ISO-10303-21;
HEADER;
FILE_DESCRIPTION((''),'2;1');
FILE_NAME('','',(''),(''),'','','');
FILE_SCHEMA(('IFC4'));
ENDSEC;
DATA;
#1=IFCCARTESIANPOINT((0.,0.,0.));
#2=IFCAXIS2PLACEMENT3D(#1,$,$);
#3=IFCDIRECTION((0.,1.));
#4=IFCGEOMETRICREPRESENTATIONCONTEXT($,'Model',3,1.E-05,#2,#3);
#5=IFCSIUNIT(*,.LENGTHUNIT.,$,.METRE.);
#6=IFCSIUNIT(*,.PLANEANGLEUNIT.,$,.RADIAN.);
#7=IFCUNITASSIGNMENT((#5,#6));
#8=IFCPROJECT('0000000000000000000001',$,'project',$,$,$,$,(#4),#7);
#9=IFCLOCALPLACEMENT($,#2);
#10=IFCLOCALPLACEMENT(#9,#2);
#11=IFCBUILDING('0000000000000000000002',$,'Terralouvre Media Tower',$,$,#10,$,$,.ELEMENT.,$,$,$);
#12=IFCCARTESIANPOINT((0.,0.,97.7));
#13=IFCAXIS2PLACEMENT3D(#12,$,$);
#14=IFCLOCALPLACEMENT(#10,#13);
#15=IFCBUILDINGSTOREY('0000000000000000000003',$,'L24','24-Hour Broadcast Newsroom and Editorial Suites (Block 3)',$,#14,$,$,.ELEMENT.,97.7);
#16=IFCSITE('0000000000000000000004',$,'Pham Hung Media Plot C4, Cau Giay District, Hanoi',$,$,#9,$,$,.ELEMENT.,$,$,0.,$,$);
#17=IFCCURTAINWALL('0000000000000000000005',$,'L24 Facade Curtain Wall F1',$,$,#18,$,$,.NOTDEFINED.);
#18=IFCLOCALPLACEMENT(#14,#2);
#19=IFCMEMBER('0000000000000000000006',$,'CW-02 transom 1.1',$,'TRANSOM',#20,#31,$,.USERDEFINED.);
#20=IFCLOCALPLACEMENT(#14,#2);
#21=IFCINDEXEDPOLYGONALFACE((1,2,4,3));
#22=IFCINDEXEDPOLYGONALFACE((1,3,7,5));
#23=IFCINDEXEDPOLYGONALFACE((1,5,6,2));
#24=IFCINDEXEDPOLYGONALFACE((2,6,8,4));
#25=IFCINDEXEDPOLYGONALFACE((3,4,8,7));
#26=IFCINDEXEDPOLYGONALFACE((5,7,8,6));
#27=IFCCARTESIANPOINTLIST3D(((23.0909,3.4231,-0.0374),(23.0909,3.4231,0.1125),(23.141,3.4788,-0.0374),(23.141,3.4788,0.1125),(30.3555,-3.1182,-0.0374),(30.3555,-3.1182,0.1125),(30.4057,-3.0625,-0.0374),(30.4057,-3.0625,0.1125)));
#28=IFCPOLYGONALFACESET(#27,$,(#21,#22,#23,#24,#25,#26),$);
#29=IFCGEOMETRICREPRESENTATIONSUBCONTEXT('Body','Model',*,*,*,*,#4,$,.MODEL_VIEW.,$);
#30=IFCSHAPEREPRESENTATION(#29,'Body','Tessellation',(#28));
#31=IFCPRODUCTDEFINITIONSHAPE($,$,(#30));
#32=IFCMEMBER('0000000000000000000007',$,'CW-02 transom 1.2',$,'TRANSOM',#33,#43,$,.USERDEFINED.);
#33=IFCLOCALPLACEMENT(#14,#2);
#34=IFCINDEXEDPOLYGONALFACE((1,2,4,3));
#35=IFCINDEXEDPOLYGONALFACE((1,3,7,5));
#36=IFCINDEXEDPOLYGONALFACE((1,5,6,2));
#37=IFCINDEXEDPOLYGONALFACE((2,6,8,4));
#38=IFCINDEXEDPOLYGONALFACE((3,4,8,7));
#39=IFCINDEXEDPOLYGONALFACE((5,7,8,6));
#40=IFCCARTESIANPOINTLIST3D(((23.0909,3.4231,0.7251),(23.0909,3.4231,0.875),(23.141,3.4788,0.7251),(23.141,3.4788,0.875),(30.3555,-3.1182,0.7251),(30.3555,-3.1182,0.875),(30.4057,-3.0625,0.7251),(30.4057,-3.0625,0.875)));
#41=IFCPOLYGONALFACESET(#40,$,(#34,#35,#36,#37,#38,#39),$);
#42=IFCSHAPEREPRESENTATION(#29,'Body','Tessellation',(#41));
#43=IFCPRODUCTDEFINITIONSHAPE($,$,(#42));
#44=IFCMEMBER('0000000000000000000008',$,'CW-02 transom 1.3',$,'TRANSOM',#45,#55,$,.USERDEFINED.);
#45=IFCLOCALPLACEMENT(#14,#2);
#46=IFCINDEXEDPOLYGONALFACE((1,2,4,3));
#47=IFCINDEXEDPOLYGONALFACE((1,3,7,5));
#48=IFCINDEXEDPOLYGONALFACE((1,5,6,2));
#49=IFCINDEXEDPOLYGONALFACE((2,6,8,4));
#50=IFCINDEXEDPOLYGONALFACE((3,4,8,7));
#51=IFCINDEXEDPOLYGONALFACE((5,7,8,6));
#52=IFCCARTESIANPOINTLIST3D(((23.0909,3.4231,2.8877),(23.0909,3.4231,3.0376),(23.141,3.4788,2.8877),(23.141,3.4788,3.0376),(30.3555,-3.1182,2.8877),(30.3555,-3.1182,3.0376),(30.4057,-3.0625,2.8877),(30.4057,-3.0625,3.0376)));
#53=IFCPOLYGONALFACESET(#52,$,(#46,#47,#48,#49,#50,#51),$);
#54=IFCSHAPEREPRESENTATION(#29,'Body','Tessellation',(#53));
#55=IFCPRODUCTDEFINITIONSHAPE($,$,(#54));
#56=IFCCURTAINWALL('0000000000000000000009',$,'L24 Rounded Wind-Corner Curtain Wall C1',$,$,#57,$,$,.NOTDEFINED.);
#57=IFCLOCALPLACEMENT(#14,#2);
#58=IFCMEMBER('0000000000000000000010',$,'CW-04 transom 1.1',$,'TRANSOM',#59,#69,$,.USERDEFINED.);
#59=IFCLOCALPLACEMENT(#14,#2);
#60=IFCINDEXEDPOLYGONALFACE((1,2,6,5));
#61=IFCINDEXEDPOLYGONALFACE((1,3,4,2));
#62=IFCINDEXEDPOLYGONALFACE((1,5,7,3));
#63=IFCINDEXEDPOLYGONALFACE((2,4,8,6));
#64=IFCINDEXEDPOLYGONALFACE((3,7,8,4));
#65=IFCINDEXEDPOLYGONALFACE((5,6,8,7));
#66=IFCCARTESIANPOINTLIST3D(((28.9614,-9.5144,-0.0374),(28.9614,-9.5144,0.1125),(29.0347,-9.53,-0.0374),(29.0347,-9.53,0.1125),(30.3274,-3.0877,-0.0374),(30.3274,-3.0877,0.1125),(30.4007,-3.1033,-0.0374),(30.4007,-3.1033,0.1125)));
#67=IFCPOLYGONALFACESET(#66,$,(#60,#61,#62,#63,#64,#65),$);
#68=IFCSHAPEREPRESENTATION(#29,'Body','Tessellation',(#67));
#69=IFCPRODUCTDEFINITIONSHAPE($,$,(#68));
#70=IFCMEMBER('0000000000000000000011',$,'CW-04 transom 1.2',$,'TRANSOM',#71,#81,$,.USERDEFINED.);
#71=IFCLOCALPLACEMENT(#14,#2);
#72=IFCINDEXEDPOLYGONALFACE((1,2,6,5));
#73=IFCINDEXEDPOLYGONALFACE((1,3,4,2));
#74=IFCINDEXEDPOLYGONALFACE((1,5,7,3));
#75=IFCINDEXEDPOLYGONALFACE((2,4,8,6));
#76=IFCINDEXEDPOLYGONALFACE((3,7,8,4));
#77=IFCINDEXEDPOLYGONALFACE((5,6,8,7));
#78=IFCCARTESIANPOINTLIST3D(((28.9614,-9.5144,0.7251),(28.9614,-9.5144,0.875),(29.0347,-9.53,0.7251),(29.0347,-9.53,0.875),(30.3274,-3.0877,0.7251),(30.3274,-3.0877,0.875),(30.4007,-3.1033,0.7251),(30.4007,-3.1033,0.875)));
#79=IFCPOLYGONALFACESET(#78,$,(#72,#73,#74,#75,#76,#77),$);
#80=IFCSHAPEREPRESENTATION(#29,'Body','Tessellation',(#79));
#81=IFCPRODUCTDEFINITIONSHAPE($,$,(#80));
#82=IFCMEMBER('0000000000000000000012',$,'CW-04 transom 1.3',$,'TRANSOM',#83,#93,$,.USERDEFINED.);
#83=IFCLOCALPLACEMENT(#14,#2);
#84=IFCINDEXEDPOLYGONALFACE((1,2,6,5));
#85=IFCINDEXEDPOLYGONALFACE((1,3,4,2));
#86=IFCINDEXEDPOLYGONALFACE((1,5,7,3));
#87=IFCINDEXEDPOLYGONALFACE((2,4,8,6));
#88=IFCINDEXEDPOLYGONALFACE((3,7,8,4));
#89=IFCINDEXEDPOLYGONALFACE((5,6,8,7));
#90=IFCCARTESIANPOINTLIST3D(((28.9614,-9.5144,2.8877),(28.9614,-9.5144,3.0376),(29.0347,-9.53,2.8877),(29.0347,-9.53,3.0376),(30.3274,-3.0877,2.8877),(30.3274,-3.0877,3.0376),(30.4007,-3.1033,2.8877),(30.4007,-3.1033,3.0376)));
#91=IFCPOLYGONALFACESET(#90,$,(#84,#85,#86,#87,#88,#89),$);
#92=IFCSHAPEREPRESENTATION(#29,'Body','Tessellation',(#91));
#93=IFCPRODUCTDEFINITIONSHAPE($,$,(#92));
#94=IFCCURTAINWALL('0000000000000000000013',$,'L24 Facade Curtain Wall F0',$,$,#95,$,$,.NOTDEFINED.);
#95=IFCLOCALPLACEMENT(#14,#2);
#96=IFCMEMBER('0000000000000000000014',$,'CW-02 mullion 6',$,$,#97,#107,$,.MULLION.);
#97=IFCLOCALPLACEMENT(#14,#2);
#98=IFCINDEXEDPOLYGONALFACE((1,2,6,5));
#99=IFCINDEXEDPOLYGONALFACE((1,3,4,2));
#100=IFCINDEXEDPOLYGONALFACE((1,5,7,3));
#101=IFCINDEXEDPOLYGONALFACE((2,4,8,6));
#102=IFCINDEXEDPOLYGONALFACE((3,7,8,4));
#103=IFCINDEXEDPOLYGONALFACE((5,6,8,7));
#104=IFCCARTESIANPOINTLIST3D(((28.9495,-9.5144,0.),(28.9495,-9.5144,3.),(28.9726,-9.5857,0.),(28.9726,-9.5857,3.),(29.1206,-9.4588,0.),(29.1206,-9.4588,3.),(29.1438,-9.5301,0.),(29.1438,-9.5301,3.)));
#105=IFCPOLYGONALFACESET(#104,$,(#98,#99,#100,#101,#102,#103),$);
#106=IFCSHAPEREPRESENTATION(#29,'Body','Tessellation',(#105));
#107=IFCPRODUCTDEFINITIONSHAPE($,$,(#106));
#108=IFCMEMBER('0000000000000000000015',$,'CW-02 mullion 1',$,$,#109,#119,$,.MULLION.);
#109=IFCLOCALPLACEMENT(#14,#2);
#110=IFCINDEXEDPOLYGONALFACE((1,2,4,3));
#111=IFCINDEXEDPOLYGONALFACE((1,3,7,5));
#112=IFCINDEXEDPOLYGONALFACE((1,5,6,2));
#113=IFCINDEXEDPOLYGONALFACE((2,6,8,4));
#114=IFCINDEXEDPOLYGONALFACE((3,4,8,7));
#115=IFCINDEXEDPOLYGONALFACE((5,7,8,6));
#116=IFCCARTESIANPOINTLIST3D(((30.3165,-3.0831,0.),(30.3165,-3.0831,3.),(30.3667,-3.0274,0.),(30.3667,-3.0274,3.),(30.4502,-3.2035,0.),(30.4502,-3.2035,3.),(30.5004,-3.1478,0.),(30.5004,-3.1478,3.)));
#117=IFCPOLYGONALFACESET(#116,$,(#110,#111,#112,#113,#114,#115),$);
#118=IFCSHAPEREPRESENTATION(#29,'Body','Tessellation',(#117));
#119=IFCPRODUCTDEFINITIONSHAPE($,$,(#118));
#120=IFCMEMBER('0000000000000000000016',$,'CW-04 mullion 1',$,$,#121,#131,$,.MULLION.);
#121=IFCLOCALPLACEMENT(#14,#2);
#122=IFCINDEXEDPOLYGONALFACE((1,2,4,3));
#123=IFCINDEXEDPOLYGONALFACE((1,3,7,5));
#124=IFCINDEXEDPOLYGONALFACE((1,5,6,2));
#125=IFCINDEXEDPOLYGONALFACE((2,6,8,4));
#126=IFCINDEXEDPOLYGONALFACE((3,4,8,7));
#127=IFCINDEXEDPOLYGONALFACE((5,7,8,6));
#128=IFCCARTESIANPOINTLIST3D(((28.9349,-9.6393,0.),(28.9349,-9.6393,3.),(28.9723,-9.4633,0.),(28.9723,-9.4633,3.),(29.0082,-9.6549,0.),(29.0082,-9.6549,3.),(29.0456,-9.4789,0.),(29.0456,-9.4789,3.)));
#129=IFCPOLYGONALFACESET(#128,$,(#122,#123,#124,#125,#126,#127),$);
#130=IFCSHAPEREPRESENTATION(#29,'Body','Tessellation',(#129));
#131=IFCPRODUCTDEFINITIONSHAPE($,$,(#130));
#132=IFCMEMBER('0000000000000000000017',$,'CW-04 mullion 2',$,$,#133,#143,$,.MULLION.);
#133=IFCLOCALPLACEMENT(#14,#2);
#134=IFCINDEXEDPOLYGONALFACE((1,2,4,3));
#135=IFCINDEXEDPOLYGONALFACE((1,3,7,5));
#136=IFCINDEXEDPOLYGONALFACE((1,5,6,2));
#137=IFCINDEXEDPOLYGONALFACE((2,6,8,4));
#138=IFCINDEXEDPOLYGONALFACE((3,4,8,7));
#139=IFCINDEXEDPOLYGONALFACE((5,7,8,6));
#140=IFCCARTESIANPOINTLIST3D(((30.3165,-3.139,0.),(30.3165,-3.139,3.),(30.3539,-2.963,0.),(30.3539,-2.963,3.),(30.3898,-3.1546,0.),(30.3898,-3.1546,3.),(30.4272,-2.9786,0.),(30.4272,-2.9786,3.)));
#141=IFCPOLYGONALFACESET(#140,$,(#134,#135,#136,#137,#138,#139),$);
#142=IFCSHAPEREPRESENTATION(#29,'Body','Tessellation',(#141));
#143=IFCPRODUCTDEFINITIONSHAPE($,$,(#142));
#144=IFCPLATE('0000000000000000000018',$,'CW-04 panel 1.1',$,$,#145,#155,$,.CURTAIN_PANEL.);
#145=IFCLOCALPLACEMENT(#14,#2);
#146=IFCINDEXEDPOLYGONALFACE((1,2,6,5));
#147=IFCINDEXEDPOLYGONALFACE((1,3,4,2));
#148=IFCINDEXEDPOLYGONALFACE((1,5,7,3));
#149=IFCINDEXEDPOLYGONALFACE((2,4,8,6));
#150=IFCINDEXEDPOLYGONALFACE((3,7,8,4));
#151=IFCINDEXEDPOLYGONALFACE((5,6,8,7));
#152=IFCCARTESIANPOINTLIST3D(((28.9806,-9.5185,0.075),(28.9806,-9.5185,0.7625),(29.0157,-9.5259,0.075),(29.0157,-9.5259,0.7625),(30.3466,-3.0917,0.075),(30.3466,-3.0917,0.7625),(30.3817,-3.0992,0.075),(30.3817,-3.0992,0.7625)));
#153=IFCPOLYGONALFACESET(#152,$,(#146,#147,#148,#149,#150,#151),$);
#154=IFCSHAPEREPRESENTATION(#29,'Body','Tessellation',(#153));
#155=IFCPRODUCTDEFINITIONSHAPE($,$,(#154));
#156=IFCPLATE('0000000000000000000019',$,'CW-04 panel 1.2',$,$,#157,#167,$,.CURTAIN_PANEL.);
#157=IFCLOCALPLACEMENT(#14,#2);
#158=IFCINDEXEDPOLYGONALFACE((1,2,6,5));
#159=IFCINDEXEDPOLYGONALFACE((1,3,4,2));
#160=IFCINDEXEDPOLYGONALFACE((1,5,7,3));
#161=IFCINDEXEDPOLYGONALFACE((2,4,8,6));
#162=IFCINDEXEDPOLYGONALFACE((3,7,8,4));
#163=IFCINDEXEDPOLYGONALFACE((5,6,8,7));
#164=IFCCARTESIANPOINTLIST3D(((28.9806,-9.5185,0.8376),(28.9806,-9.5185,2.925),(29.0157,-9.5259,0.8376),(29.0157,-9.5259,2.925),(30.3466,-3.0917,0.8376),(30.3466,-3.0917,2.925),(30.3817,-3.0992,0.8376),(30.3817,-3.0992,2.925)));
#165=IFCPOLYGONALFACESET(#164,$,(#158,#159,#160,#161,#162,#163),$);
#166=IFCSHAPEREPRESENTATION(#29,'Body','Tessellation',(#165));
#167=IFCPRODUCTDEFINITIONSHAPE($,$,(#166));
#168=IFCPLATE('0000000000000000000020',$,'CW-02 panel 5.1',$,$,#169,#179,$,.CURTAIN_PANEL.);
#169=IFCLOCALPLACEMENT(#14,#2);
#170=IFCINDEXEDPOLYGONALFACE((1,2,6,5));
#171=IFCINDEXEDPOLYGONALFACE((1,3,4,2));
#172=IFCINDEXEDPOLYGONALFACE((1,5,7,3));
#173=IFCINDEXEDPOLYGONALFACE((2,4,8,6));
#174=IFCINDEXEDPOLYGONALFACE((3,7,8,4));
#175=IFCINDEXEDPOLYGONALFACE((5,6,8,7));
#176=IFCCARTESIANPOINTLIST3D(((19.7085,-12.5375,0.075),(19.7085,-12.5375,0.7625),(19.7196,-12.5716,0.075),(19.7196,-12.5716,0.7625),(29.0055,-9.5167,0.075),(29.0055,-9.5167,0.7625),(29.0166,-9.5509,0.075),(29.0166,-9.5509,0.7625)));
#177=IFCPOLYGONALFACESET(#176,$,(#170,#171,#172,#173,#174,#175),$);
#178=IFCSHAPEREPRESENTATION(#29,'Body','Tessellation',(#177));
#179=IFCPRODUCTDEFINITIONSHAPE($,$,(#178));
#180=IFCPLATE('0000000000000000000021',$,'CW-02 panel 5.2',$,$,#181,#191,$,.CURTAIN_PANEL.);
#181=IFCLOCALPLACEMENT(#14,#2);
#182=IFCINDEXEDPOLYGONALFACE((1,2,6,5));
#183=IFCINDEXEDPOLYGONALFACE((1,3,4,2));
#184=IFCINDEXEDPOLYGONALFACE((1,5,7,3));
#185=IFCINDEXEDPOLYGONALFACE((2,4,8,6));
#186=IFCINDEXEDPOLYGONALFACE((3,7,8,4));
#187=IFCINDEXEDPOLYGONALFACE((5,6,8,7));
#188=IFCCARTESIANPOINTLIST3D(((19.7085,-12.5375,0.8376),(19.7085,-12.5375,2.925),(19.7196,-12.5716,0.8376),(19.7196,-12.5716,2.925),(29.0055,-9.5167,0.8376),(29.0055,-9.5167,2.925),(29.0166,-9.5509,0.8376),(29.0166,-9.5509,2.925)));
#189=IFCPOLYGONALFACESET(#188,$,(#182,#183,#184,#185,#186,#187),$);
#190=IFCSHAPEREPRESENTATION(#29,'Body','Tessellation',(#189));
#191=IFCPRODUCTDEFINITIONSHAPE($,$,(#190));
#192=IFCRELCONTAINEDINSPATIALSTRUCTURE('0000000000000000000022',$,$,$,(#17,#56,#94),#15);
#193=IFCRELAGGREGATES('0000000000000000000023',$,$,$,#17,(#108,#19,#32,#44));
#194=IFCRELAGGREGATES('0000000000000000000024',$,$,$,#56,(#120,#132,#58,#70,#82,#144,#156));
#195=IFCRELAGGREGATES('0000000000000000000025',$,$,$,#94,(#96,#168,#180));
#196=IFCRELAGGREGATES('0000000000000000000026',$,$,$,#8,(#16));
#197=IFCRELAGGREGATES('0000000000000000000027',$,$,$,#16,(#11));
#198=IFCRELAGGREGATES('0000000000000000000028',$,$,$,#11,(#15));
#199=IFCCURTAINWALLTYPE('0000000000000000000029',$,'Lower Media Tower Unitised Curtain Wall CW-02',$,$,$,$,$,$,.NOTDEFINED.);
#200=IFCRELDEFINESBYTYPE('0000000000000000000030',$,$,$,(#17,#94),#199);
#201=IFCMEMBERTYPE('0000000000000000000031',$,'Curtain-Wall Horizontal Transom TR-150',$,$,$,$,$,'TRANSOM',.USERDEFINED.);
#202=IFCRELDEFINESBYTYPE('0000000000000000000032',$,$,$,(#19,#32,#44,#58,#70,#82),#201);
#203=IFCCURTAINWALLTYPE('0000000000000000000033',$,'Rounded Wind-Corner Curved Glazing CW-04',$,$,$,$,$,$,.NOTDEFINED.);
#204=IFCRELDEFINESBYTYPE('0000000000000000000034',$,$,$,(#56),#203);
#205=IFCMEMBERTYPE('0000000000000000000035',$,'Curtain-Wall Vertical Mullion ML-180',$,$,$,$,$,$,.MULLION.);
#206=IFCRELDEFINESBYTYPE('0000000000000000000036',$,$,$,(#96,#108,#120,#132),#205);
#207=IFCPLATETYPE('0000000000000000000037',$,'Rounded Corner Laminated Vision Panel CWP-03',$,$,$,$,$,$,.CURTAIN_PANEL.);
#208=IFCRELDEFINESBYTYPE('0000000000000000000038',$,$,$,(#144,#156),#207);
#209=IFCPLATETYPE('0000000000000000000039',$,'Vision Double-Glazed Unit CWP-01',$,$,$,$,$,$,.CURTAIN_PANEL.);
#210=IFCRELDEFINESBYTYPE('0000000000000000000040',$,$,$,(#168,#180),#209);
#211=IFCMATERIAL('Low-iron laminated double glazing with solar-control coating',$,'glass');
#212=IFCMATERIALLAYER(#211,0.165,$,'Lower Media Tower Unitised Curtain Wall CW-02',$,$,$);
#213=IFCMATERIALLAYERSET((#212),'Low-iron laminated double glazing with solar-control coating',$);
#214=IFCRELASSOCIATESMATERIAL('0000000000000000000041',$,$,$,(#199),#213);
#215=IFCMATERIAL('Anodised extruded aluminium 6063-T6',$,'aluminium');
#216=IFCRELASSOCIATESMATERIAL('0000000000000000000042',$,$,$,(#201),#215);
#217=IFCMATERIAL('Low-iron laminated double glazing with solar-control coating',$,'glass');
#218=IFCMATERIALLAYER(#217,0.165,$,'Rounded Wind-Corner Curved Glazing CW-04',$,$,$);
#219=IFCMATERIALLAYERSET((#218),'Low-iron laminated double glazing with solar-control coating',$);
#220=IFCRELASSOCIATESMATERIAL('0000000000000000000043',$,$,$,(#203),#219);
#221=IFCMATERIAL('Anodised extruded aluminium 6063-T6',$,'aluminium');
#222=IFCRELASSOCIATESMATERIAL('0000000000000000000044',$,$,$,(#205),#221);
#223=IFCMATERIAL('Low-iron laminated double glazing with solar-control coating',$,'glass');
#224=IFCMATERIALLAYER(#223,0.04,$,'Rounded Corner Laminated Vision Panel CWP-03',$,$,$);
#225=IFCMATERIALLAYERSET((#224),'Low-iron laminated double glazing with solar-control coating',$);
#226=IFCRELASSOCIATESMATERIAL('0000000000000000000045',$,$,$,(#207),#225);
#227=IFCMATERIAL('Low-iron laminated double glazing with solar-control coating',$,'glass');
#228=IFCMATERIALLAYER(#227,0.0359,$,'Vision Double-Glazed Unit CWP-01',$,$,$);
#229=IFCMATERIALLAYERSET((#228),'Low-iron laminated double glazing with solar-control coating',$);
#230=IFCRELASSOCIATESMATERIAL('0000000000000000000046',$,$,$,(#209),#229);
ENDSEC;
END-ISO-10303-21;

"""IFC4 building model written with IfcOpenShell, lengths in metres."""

from ifc_helpers import new_model, si_unit, direction, frame, origin, origin_2d, place, context, subcontext, project, spatial, rectangle, extrude, material, layer, layer_set, material_profile, profile_set, type_object, element, aggregate, save


model = new_model("IFC4")

# Units and contexts
model_context = context("Model", 3, precision=1e-05, world=origin(), true_north=direction((0.0, 1.0)))
body_context = subcontext(model_context, "Body", "Model", "MODEL_VIEW")
ifc_project = project(units=[si_unit("LENGTHUNIT", "METRE"), si_unit("PLANEANGLEUNIT", "RADIAN")], contexts=[model_context])

# Site, building, storey
site_placement = place(None, origin())
site = spatial("IfcSite", under=ifc_project, at=site_placement, Name="Pham Hung Media Plot C4, Cau Giay District, Hanoi", CompositionType="ELEMENT", RefElevation=0.0)
building_placement = place(site_placement, origin())
building = spatial("IfcBuilding", under=site, at=building_placement, Name="Terralouvre Media Tower", CompositionType="ELEMENT")
storey_placement = place(building_placement, frame((0.0, 0.0, 97.7)))
storey = spatial("IfcBuildingStorey", under=building, at=storey_placement, Name="L24", Description="24-Hour Broadcast Newsroom and Editorial Suites (Block 3)", CompositionType="ELEMENT", Elevation=97.7)

# Curtain walls, members
ifc_material_1 = material(Name="Low-iron laminated double glazing with solar-control coating", Category="glass")
ifc_layer_1 = layer(ifc_material_1, 0.165, Name="Lower Media Tower Unitised Curtain Wall CW-02")
ifc_layer_set_1 = layer_set([ifc_layer_1], Name="Low-iron laminated double glazing with solar-control coating")
curtain_wall_type_1 = type_object("IfcCurtainWallType", Name="Lower Media Tower Unitised Curtain Wall CW-02", PredefinedType="NOTDEFINED", material=ifc_layer_set_1)
curtain_wall_1_placement = place(storey_placement, origin())
curtain_wall_1 = element("IfcCurtainWall", 1, at=curtain_wall_1_placement, inside=storey, type_object=curtain_wall_type_1, Name="L24 Facade Curtain Wall F1", PredefinedType="NOTDEFINED")
ifc_material_2 = material(Name="Anodised extruded aluminium 6063-T6", Category="aluminium")
ifc_material_profile_1 = material_profile(ifc_material_2, rectangle(XDim=0.075, YDim=0.1499, at=origin_2d()), Name="ALU 75x150")
ifc_profile_set_1 = profile_set([ifc_material_profile_1], Name="Anodised extruded aluminium 6063-T6")
member_type_1 = type_object("IfcMemberType", Name="Curtain-Wall Horizontal Transom TR-150", ElementType="TRANSOM", PredefinedType="USERDEFINED", material=ifc_profile_set_1)
member_1_placement = place(storey_placement, frame((30.3806, -3.0903, 0.0376), z_axis=(-0.743138, 0.669139, 0.0), x_axis=(-0.669139, -0.743138, 0.0)))
member_1 = element("IfcMember", 2, at=member_1_placement, type_object=member_type_1, Name="CW-02 transom 1.1", ObjectType="TRANSOM", PredefinedType="USERDEFINED", context=body_context, shape_type="SweptSolid", body=[
    extrude(rectangle(XDim=0.075, YDim=0.1499, at=origin_2d()), origin(), (0.0, 0.0, 1.0), 9.7756),
])
member_2_placement = place(storey_placement, frame((30.3806, -3.0903, 0.8), z_axis=(-0.743138, 0.669139, 0.0), x_axis=(-0.669139, -0.743138, 0.0)))
member_2 = element("IfcMember", 3, at=member_2_placement, type_object=member_type_1, Name="CW-02 transom 1.2", ObjectType="TRANSOM", PredefinedType="USERDEFINED", context=body_context, shape_type="SweptSolid", body=[
    extrude(rectangle(XDim=0.075, YDim=0.1499, at=origin_2d()), origin(), (0.0, 0.0, 1.0), 9.7756),
])
member_3_placement = place(storey_placement, frame((30.3806, -3.0903, 2.9626), z_axis=(-0.743138, 0.669139, 0.0), x_axis=(-0.669139, -0.743138, 0.0)))
member_3 = element("IfcMember", 4, at=member_3_placement, type_object=member_type_1, Name="CW-02 transom 1.3", ObjectType="TRANSOM", PredefinedType="USERDEFINED", context=body_context, shape_type="SweptSolid", body=[
    extrude(rectangle(XDim=0.075, YDim=0.1499, at=origin_2d()), origin(), (0.0, 0.0, 1.0), 9.7756),
])
ifc_material_3 = material(Name="Low-iron laminated double glazing with solar-control coating", Category="glass")
ifc_layer_2 = layer(ifc_material_3, 0.165, Name="Rounded Wind-Corner Curved Glazing CW-04")
ifc_layer_set_2 = layer_set([ifc_layer_2], Name="Low-iron laminated double glazing with solar-control coating")
curtain_wall_type_2 = type_object("IfcCurtainWallType", Name="Rounded Wind-Corner Curved Glazing CW-04", PredefinedType="NOTDEFINED", material=ifc_layer_set_2)
curtain_wall_2_placement = place(storey_placement, origin())
curtain_wall_2 = element("IfcCurtainWall", 5, at=curtain_wall_2_placement, inside=storey, type_object=curtain_wall_type_2, Name="L24 Rounded Wind-Corner Curtain Wall C1", PredefinedType="NOTDEFINED")
member_4_placement = place(storey_placement, frame((28.998, -9.5222, 0.0376), z_axis=(0.2079, 0.97815, 0.0), x_axis=(-0.97815, 0.2079, 0.0)))
member_4 = element("IfcMember", 6, at=member_4_placement, type_object=member_type_1, Name="CW-04 transom 1.1", ObjectType="TRANSOM", PredefinedType="USERDEFINED", context=body_context, shape_type="SweptSolid", body=[
    extrude(rectangle(XDim=0.075, YDim=0.1499, at=origin_2d()), origin(), (0.0, 0.0, 1.0), 6.5703),
])
member_5_placement = place(storey_placement, frame((28.998, -9.5222, 0.8), z_axis=(0.2079, 0.97815, 0.0), x_axis=(-0.97815, 0.2079, 0.0)))
member_5 = element("IfcMember", 7, at=member_5_placement, type_object=member_type_1, Name="CW-04 transom 1.2", ObjectType="TRANSOM", PredefinedType="USERDEFINED", context=body_context, shape_type="SweptSolid", body=[
    extrude(rectangle(XDim=0.075, YDim=0.1499, at=origin_2d()), origin(), (0.0, 0.0, 1.0), 6.5703),
])
member_6_placement = place(storey_placement, frame((28.998, -9.5222, 2.9626), z_axis=(0.2079, 0.97815, 0.0), x_axis=(-0.97815, 0.2079, 0.0)))
member_6 = element("IfcMember", 8, at=member_6_placement, type_object=member_type_1, Name="CW-04 transom 1.3", ObjectType="TRANSOM", PredefinedType="USERDEFINED", context=body_context, shape_type="SweptSolid", body=[
    extrude(rectangle(XDim=0.075, YDim=0.1499, at=origin_2d()), origin(), (0.0, 0.0, 1.0), 6.5703),
])

# Curtain wall, member
curtain_wall_3_placement = place(storey_placement, origin())
curtain_wall_3 = element("IfcCurtainWall", 9, at=curtain_wall_3_placement, inside=storey, type_object=curtain_wall_type_1, Name="L24 Facade Curtain Wall F0", PredefinedType="NOTDEFINED")
ifc_material_4 = material(Name="Anodised extruded aluminium 6063-T6", Category="aluminium")
ifc_material_profile_2 = material_profile(ifc_material_4, rectangle(XDim=0.075, YDim=0.1799, at=origin_2d()), Name="ALU 75x180")
ifc_profile_set_2 = profile_set([ifc_material_profile_2], Name="Anodised extruded aluminium 6063-T6")
member_type_2 = type_object("IfcMemberType", Name="Curtain-Wall Vertical Mullion ML-180", PredefinedType="MULLION", material=ifc_profile_set_2)
member_7_placement = place(storey_placement, frame((29.0466, -9.5222, 0.0), z_axis=(0.0, 0.0, 1.0), x_axis=(-0.309017, 0.951057, 0.0)))
member_7 = element("IfcMember", 10, at=member_7_placement, type_object=member_type_2, Name="CW-02 mullion 6", PredefinedType="MULLION", context=body_context, shape_type="SweptSolid", body=[
    extrude(rectangle(XDim=0.075, YDim=0.1799, at=origin_2d()), origin(), (0.0, 0.0, 1.0), 3.0),
])

# Members
member_8_placement = place(storey_placement, frame((30.4084, -3.1155, 0.0), z_axis=(0.0, 0.0, 1.0), x_axis=(-0.669131, -0.743145, 0.0)))
member_8 = element("IfcMember", 11, at=member_8_placement, type_object=member_type_2, Name="CW-02 mullion 1", PredefinedType="MULLION", context=body_context, shape_type="SweptSolid", body=[
    extrude(rectangle(XDim=0.075, YDim=0.1799, at=origin_2d()), origin(), (0.0, 0.0, 1.0), 3.0),
])
aggregate(curtain_wall_1, [member_8, member_1, member_2, member_3])
member_9_placement = place(storey_placement, frame((28.9902, -9.5591, 0.0), z_axis=(0.0, 0.0, 1.0), x_axis=(-0.978148, 0.207912, 0.0)))
member_9 = element("IfcMember", 12, at=member_9_placement, type_object=member_type_2, Name="CW-04 mullion 1", PredefinedType="MULLION", context=body_context, shape_type="SweptSolid", body=[
    extrude(rectangle(XDim=0.075, YDim=0.1799, at=origin_2d()), origin(), (0.0, 0.0, 1.0), 3.0),
])
member_10_placement = place(storey_placement, frame((30.3718, -3.0588, 0.0), z_axis=(0.0, 0.0, 1.0), x_axis=(-0.978148, 0.207912, 0.0)))
member_10 = element("IfcMember", 13, at=member_10_placement, type_object=member_type_2, Name="CW-04 mullion 2", PredefinedType="MULLION", context=body_context, shape_type="SweptSolid", body=[
    extrude(rectangle(XDim=0.075, YDim=0.1799, at=origin_2d()), origin(), (0.0, 0.0, 1.0), 3.0),
])

# Plates
ifc_material_5 = material(Name="Low-iron laminated double glazing with solar-control coating", Category="glass")
ifc_layer_3 = layer(ifc_material_5, 0.04, Name="Rounded Corner Laminated Vision Panel CWP-03")
ifc_layer_set_3 = layer_set([ifc_layer_3], Name="Low-iron laminated double glazing with solar-control coating")
plate_type_1 = type_object("IfcPlateType", Name="Rounded Corner Laminated Vision Panel CWP-03", PredefinedType="CURTAIN_PANEL", material=ifc_layer_set_3)
plate_1_placement = place(storey_placement, frame((29.6812, -6.3088, 0.075), z_axis=(0.0, 0.0, 1.0), x_axis=(0.207912, 0.978148, 0.0)))
plate_1 = element("IfcPlate", 14, at=plate_1_placement, type_object=plate_type_1, Name="CW-04 panel 1.1", PredefinedType="CURTAIN_PANEL", context=body_context, shape_type="SweptSolid", body=[
    extrude(rectangle(XDim=6.5703, YDim=0.0359, at=origin_2d()), origin(), (0.0, 0.0, 1.0), 0.6875),
])
plate_2_placement = place(storey_placement, frame((29.6812, -6.3088, 0.8376), z_axis=(0.0, 0.0, 1.0), x_axis=(0.207912, 0.978148, 0.0)))
plate_2 = element("IfcPlate", 15, at=plate_2_placement, type_object=plate_type_1, Name="CW-04 panel 1.2", PredefinedType="CURTAIN_PANEL", context=body_context, shape_type="SweptSolid", body=[
    extrude(rectangle(XDim=6.5703, YDim=0.0359, at=origin_2d()), origin(), (0.0, 0.0, 1.0), 2.0874),
])
aggregate(curtain_wall_2, [member_9, member_10, member_4, member_5, member_6, plate_1, plate_2])
ifc_material_6 = material(Name="Low-iron laminated double glazing with solar-control coating", Category="glass")
ifc_layer_4 = layer(ifc_material_6, 0.0359, Name="Vision Double-Glazed Unit CWP-01")
ifc_layer_set_4 = layer_set([ifc_layer_4], Name="Low-iron laminated double glazing with solar-control coating")
plate_type_2 = type_object("IfcPlateType", Name="Vision Double-Glazed Unit CWP-01", PredefinedType="CURTAIN_PANEL", material=ifc_layer_set_4)
plate_3_placement = place(storey_placement, frame((24.3625, -11.0442, 0.075), z_axis=(0.0, 0.0, 1.0), x_axis=(0.951057, 0.309017, 0.0)))
plate_3 = element("IfcPlate", 16, at=plate_3_placement, type_object=plate_type_2, Name="CW-02 panel 5.1", PredefinedType="CURTAIN_PANEL", context=body_context, shape_type="SweptSolid", body=[
    extrude(rectangle(XDim=9.7754, YDim=0.0359, at=origin_2d()), origin(), (0.0, 0.0, 1.0), 0.6875),
])
plate_4_placement = place(storey_placement, frame((24.3625, -11.0442, 0.8376), z_axis=(0.0, 0.0, 1.0), x_axis=(0.951057, 0.309017, 0.0)))
plate_4 = element("IfcPlate", 17, at=plate_4_placement, type_object=plate_type_2, Name="CW-02 panel 5.2", PredefinedType="CURTAIN_PANEL", context=body_context, shape_type="SweptSolid", body=[
    extrude(rectangle(XDim=9.7754, YDim=0.0359, at=origin_2d()), origin(), (0.0, 0.0, 1.0), 2.0874),
])
aggregate(curtain_wall_3, [member_7, plate_3, plate_4])

save(model, "model.ifc")
